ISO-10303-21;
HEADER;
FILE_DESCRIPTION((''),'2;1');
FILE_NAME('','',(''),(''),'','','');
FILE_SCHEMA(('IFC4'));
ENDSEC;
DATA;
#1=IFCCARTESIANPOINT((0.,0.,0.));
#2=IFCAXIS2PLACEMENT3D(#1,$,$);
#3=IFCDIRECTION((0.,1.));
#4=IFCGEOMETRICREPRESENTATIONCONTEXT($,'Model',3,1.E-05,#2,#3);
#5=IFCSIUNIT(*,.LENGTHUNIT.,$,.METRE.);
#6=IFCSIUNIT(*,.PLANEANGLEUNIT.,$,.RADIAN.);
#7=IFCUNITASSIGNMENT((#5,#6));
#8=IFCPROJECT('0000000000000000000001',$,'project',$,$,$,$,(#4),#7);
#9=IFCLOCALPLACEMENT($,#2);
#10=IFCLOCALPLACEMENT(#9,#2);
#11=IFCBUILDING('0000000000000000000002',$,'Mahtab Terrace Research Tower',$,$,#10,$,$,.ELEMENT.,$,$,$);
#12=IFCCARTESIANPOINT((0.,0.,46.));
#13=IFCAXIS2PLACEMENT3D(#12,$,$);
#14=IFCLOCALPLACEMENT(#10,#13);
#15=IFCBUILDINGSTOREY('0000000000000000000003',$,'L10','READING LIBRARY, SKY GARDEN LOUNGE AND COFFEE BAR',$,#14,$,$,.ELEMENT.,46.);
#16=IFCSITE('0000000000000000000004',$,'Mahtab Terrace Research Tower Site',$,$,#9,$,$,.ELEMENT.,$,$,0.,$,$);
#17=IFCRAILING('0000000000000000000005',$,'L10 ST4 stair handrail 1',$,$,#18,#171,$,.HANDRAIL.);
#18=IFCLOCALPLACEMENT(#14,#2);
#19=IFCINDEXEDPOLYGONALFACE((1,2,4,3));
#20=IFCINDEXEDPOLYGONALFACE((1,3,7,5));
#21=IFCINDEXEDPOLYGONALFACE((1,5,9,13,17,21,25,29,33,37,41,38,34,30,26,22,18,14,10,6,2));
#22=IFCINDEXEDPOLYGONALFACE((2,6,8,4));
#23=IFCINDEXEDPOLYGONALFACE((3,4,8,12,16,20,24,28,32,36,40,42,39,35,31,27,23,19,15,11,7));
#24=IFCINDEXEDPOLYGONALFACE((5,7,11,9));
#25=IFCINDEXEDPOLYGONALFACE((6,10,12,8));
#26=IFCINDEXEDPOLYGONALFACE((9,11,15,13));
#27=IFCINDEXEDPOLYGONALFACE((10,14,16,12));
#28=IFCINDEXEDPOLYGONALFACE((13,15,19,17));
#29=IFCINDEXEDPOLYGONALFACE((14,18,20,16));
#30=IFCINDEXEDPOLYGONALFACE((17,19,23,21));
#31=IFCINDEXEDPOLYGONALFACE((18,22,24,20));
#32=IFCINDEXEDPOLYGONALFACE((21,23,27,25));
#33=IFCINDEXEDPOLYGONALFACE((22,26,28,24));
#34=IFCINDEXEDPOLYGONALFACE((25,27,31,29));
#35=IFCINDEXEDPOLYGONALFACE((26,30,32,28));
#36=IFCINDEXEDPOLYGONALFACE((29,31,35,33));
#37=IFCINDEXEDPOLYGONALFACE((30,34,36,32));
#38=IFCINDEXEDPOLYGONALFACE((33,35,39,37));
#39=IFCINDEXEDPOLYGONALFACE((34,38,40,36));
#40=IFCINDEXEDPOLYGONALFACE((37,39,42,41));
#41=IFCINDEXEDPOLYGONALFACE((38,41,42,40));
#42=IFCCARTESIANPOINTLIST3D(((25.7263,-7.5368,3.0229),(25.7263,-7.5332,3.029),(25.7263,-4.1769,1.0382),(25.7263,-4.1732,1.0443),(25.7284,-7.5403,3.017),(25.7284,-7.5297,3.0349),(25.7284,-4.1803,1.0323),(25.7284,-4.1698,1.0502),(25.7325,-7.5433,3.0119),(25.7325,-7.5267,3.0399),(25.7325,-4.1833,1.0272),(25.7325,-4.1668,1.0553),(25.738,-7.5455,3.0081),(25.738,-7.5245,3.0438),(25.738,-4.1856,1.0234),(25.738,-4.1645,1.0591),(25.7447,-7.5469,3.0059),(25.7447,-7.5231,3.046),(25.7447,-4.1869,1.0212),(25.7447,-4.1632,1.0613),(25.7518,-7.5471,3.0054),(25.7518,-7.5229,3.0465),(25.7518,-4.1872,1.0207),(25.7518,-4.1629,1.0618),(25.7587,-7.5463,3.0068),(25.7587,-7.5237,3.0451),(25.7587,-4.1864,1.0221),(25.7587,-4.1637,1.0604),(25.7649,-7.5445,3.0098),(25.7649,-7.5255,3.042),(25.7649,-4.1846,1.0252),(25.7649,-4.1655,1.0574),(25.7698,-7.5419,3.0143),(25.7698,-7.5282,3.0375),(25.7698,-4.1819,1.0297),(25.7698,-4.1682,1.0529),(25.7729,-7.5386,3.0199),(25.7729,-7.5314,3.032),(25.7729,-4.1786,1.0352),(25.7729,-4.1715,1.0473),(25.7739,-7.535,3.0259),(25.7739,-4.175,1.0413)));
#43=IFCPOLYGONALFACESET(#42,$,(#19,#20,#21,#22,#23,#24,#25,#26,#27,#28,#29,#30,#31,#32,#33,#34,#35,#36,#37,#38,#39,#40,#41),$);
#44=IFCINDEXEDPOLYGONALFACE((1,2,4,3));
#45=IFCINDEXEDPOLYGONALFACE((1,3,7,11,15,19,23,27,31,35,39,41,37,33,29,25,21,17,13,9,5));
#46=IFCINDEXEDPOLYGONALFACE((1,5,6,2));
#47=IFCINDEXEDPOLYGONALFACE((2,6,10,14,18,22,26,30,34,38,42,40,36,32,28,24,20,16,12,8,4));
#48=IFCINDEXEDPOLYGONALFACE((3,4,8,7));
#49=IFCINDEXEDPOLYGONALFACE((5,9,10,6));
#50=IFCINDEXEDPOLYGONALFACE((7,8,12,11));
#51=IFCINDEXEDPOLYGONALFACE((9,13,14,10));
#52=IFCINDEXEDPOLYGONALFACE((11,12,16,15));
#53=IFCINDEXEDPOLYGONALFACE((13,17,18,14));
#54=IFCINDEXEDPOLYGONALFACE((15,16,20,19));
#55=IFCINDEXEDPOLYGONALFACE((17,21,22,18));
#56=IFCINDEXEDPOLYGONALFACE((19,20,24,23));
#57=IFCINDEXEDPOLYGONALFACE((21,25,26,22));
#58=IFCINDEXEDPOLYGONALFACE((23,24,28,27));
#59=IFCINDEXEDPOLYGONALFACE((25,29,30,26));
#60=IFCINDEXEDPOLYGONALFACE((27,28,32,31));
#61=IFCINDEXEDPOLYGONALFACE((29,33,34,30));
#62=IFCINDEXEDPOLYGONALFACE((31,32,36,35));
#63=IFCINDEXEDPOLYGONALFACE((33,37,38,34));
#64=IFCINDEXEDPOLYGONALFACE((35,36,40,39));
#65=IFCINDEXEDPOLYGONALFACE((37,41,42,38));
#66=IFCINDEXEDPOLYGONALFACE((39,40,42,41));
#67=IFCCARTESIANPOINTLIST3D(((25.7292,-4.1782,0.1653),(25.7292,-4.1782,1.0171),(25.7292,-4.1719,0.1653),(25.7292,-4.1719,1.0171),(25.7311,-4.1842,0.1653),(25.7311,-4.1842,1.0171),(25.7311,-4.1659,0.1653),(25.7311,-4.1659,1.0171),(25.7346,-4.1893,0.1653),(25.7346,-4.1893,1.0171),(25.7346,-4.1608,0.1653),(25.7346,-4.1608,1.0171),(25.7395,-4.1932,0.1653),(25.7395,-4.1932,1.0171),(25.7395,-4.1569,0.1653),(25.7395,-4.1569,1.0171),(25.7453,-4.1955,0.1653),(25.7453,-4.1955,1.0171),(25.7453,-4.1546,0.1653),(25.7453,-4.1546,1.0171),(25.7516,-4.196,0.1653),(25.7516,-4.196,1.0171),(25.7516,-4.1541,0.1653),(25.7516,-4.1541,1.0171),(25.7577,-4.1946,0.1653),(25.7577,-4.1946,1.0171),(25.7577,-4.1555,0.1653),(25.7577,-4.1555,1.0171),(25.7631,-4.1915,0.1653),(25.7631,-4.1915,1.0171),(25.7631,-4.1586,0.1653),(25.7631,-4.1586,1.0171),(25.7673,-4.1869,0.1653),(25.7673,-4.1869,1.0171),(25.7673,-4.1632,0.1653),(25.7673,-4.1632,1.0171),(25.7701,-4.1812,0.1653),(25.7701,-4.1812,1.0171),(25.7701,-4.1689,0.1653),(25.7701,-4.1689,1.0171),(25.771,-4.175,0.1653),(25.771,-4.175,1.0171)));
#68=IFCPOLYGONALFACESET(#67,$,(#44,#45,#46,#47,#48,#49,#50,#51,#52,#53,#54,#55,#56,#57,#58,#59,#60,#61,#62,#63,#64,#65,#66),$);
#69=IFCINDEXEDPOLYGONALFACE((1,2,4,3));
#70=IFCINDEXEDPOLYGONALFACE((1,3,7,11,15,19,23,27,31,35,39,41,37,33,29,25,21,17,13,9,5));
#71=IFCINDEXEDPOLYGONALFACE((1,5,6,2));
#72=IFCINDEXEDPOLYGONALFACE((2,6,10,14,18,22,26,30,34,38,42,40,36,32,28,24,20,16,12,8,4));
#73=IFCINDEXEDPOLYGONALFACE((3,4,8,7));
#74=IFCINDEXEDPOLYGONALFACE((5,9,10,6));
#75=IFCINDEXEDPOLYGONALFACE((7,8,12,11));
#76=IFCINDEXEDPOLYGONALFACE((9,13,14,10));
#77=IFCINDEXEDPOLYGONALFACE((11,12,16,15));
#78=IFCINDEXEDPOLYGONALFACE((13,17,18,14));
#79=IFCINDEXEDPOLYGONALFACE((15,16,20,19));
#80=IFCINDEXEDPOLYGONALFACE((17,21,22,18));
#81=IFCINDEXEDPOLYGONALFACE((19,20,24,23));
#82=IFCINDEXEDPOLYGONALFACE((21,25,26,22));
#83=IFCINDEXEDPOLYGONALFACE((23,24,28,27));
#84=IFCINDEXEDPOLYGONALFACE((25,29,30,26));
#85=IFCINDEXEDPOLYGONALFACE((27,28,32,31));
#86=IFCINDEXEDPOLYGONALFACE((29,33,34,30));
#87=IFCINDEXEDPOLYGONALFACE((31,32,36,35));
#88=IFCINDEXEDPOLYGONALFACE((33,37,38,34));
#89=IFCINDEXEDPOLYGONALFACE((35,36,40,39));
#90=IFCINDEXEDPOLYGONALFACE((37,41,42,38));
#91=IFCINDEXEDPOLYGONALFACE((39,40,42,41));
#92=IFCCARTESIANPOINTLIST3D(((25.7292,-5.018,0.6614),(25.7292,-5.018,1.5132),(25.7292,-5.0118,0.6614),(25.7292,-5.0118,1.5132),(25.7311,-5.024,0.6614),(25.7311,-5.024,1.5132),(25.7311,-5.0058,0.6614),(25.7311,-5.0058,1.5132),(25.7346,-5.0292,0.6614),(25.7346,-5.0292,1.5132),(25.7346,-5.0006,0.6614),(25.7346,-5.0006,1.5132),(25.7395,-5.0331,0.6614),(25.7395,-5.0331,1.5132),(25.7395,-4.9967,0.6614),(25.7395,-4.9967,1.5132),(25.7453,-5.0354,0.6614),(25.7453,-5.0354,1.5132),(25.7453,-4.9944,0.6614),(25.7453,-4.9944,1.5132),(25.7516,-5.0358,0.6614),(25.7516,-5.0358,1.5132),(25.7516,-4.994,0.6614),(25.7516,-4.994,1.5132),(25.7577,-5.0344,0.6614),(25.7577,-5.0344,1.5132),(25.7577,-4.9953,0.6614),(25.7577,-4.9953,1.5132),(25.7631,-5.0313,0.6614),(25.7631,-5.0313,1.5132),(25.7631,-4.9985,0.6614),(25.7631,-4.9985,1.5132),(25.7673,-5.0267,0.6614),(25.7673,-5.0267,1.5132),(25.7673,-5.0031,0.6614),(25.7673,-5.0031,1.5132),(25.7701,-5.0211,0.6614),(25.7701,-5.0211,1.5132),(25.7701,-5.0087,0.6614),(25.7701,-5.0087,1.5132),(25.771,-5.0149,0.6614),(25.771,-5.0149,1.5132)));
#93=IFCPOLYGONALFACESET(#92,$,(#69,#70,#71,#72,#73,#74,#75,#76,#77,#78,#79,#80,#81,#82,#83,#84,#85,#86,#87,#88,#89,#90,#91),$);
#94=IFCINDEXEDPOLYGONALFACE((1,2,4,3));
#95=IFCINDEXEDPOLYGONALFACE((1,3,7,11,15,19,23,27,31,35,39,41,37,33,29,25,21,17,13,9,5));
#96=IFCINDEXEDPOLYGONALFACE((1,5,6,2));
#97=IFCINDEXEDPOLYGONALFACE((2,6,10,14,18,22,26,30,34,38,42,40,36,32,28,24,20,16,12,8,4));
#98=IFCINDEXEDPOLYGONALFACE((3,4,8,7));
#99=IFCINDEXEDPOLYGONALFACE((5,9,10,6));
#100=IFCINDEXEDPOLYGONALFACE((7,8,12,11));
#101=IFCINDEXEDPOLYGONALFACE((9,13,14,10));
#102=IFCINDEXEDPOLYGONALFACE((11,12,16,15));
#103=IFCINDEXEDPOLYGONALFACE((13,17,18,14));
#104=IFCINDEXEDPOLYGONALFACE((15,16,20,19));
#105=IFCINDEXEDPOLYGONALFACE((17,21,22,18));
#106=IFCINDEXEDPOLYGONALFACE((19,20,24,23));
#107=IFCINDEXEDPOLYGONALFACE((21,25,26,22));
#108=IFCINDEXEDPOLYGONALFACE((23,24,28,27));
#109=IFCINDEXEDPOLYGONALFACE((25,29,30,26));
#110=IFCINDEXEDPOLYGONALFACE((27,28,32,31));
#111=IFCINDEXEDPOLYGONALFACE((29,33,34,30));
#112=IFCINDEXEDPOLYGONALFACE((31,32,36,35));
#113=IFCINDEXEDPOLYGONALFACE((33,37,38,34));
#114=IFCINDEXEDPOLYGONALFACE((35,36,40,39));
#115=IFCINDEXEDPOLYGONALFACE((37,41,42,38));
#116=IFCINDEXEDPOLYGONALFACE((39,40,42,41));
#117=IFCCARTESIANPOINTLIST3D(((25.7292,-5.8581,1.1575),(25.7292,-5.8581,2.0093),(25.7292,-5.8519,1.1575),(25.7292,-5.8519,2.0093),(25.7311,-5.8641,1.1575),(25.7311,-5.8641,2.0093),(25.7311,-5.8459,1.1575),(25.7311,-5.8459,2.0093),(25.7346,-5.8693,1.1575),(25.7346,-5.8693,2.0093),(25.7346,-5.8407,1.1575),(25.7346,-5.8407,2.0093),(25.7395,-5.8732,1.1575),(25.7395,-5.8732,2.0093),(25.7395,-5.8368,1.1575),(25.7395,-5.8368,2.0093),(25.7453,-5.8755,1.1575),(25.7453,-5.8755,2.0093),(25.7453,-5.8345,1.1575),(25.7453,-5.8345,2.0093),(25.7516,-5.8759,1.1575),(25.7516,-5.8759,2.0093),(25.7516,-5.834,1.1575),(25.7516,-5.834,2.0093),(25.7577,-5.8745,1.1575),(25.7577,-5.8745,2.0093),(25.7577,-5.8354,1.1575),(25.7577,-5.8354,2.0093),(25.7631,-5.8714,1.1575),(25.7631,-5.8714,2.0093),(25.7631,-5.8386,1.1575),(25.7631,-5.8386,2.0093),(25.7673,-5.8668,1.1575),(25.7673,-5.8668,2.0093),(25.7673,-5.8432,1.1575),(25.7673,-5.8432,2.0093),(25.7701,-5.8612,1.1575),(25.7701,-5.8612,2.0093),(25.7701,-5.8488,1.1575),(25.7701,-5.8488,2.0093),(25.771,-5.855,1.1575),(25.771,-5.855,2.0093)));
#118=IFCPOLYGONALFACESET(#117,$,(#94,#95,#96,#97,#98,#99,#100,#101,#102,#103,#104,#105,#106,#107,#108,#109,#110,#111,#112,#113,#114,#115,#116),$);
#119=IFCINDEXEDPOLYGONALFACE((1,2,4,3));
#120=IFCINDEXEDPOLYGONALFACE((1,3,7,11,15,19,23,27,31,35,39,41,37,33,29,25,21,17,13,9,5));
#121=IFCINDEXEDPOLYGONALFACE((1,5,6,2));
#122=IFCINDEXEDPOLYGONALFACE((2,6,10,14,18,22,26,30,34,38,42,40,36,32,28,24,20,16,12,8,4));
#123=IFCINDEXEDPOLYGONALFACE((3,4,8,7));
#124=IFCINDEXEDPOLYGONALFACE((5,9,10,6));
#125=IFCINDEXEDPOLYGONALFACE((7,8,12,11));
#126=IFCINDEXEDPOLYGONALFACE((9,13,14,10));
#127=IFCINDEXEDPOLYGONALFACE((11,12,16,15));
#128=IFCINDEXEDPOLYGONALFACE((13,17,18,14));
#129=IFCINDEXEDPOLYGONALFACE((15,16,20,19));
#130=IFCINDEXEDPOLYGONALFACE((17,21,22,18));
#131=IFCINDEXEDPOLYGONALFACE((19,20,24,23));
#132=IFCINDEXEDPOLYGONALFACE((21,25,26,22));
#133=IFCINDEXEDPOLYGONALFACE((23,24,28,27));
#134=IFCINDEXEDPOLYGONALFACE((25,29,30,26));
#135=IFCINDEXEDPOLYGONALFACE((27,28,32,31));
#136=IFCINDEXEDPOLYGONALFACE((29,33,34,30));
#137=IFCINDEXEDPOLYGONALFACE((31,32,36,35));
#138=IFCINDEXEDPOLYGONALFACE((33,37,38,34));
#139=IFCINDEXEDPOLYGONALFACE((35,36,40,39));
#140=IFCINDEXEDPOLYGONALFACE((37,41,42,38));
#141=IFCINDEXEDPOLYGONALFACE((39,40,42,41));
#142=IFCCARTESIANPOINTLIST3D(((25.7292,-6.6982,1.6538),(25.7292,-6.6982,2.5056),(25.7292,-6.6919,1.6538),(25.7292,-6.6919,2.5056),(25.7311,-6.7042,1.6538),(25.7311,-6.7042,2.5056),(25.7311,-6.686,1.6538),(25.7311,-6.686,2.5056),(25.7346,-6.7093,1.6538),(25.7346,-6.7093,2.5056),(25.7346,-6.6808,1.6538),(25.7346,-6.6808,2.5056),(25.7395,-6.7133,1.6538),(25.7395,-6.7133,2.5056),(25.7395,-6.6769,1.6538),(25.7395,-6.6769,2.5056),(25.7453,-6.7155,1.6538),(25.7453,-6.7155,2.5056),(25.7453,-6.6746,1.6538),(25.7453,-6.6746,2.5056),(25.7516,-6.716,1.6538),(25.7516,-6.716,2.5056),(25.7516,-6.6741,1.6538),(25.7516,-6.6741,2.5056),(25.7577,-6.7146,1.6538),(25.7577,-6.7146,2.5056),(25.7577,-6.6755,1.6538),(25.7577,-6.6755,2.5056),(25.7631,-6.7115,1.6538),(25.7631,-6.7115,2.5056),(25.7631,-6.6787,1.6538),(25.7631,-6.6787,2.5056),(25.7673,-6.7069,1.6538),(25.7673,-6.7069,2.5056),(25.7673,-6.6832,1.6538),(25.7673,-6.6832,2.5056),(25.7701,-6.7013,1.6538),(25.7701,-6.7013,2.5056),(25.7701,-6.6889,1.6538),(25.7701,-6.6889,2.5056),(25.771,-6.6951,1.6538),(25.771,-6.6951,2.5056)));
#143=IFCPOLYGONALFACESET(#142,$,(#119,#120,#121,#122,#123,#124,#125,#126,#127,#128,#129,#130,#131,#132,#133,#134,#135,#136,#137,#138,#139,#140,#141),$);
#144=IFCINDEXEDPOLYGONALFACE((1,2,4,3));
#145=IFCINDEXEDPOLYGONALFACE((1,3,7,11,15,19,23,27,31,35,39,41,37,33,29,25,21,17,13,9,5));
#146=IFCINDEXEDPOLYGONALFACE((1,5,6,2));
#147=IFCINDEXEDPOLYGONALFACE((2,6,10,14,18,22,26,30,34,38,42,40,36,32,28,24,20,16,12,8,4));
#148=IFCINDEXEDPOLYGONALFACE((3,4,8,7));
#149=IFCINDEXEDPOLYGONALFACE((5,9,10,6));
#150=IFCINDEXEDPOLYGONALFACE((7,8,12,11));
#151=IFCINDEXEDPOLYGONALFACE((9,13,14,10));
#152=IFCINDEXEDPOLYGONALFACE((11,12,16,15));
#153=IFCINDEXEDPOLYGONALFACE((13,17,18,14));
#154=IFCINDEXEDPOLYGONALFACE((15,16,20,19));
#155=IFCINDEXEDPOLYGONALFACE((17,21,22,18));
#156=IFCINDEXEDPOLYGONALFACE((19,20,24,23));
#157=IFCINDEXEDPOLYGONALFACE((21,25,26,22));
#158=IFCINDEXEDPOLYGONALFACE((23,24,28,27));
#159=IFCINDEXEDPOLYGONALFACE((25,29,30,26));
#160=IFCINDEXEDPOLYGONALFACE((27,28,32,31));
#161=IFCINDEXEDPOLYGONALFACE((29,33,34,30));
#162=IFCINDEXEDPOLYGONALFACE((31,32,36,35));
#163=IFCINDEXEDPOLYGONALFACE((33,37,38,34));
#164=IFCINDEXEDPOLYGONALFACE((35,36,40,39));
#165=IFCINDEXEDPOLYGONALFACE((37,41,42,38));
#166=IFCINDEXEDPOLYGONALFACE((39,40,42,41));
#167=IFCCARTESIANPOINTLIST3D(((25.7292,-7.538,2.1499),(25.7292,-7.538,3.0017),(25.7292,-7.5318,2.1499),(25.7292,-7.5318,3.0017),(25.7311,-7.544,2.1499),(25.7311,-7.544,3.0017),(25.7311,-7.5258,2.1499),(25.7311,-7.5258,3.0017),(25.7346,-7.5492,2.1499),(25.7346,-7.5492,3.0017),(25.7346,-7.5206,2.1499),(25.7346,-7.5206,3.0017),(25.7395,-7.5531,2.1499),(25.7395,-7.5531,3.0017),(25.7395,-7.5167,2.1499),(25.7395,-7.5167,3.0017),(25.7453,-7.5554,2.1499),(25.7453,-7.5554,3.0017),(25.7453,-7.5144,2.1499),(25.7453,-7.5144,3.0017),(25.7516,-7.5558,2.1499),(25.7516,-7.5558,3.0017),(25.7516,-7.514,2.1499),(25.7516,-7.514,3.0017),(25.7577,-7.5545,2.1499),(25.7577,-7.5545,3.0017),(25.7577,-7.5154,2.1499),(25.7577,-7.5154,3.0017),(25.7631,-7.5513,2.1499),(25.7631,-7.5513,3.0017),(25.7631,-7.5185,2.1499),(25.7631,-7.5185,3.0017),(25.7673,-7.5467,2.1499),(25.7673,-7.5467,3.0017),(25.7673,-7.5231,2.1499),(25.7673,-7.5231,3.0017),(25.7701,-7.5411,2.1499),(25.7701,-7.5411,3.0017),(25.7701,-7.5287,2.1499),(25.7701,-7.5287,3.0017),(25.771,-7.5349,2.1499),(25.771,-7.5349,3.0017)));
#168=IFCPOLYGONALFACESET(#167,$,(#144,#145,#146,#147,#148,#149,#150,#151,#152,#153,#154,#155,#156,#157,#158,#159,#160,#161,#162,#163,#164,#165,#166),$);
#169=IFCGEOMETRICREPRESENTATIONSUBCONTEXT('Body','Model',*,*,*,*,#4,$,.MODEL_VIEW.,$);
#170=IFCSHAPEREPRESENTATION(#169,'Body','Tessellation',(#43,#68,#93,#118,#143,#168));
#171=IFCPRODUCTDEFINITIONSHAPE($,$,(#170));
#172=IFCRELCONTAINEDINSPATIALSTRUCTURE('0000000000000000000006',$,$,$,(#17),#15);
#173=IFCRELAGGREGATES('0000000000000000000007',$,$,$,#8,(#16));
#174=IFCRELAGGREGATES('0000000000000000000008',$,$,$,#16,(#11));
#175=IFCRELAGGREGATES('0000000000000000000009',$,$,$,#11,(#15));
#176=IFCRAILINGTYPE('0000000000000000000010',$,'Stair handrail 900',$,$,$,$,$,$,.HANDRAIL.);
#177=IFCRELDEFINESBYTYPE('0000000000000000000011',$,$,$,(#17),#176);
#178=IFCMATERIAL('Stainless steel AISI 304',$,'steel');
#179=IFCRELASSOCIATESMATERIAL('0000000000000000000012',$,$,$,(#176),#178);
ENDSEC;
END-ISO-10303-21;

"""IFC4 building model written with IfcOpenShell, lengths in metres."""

from ifc_helpers import new_model, si_unit, direction, frame, origin, origin_2d, place, context, subcontext, project, spatial, circle, extrude, material, type_object, element, save


model = new_model("IFC4")

# Units and contexts
model_context = context("Model", 3, precision=1e-05, world=origin(), true_north=direction((0.0, 1.0)))
body_context = subcontext(model_context, "Body", "Model", "MODEL_VIEW")
ifc_project = project(units=[si_unit("LENGTHUNIT", "METRE"), si_unit("PLANEANGLEUNIT", "RADIAN")], contexts=[model_context])

# Site, building, storey
site_placement = place(None, origin())
site = spatial("IfcSite", under=ifc_project, at=site_placement, Name="Mahtab Terrace Research Tower Site", CompositionType="ELEMENT", RefElevation=0.0)
building_placement = place(site_placement, origin())
building = spatial("IfcBuilding", under=site, at=building_placement, Name="Mahtab Terrace Research Tower", CompositionType="ELEMENT")
storey_placement = place(building_placement, frame((0.0, 0.0, 46.0)))
storey = spatial("IfcBuildingStorey", under=building, at=storey_placement, Name="L10", Description="READING LIBRARY, SKY GARDEN LOUNGE AND COFFEE BAR", CompositionType="ELEMENT", Elevation=46.0)

# Railing
ifc_material_1 = material(Name="Stainless steel AISI 304", Category="steel")
railing_type_1 = type_object("IfcRailingType", Name="Stair handrail 900", PredefinedType="HANDRAIL", material=ifc_material_1)
railing_1_placement = place(storey_placement, frame((25.75, -4.175, 0.1653)))
element("IfcRailing", 1, at=railing_1_placement, inside=storey, type_object=railing_type_1, Name="L10 ST4 stair handrail 1", PredefinedType="HANDRAIL", context=body_context, shape_type="SweptSolid", body=[
    extrude(circle(Radius=0.0239, at=origin_2d()), frame((0.0, 0.0, 0.876), z_axis=(0.0, -0.861011, 0.508586), x_axis=(1.0, 0.0, 0.0)), (0.0, 0.0, 1.0), 3.9023),
    extrude(circle(Radius=0.021, at=origin_2d()), origin(), (0.0, 0.0, 1.0), 0.8518),
    extrude(circle(Radius=0.021, at=origin_2d()), frame((0.0, -0.8398, 0.4961)), (0.0, 0.0, 1.0), 0.8518),
    extrude(circle(Radius=0.021, at=origin_2d()), frame((0.0, -1.6799, 0.9922)), (0.0, 0.0, 1.0), 0.8518),
    extrude(circle(Radius=0.021, at=origin_2d()), frame((0.0, -2.52, 1.4885)), (0.0, 0.0, 1.0), 0.8518),
    extrude(circle(Radius=0.021, at=origin_2d()), frame((0.0, -3.3599, 1.9846)), (0.0, 0.0, 1.0), 0.8518),
])

save(model, "model.ifc")
